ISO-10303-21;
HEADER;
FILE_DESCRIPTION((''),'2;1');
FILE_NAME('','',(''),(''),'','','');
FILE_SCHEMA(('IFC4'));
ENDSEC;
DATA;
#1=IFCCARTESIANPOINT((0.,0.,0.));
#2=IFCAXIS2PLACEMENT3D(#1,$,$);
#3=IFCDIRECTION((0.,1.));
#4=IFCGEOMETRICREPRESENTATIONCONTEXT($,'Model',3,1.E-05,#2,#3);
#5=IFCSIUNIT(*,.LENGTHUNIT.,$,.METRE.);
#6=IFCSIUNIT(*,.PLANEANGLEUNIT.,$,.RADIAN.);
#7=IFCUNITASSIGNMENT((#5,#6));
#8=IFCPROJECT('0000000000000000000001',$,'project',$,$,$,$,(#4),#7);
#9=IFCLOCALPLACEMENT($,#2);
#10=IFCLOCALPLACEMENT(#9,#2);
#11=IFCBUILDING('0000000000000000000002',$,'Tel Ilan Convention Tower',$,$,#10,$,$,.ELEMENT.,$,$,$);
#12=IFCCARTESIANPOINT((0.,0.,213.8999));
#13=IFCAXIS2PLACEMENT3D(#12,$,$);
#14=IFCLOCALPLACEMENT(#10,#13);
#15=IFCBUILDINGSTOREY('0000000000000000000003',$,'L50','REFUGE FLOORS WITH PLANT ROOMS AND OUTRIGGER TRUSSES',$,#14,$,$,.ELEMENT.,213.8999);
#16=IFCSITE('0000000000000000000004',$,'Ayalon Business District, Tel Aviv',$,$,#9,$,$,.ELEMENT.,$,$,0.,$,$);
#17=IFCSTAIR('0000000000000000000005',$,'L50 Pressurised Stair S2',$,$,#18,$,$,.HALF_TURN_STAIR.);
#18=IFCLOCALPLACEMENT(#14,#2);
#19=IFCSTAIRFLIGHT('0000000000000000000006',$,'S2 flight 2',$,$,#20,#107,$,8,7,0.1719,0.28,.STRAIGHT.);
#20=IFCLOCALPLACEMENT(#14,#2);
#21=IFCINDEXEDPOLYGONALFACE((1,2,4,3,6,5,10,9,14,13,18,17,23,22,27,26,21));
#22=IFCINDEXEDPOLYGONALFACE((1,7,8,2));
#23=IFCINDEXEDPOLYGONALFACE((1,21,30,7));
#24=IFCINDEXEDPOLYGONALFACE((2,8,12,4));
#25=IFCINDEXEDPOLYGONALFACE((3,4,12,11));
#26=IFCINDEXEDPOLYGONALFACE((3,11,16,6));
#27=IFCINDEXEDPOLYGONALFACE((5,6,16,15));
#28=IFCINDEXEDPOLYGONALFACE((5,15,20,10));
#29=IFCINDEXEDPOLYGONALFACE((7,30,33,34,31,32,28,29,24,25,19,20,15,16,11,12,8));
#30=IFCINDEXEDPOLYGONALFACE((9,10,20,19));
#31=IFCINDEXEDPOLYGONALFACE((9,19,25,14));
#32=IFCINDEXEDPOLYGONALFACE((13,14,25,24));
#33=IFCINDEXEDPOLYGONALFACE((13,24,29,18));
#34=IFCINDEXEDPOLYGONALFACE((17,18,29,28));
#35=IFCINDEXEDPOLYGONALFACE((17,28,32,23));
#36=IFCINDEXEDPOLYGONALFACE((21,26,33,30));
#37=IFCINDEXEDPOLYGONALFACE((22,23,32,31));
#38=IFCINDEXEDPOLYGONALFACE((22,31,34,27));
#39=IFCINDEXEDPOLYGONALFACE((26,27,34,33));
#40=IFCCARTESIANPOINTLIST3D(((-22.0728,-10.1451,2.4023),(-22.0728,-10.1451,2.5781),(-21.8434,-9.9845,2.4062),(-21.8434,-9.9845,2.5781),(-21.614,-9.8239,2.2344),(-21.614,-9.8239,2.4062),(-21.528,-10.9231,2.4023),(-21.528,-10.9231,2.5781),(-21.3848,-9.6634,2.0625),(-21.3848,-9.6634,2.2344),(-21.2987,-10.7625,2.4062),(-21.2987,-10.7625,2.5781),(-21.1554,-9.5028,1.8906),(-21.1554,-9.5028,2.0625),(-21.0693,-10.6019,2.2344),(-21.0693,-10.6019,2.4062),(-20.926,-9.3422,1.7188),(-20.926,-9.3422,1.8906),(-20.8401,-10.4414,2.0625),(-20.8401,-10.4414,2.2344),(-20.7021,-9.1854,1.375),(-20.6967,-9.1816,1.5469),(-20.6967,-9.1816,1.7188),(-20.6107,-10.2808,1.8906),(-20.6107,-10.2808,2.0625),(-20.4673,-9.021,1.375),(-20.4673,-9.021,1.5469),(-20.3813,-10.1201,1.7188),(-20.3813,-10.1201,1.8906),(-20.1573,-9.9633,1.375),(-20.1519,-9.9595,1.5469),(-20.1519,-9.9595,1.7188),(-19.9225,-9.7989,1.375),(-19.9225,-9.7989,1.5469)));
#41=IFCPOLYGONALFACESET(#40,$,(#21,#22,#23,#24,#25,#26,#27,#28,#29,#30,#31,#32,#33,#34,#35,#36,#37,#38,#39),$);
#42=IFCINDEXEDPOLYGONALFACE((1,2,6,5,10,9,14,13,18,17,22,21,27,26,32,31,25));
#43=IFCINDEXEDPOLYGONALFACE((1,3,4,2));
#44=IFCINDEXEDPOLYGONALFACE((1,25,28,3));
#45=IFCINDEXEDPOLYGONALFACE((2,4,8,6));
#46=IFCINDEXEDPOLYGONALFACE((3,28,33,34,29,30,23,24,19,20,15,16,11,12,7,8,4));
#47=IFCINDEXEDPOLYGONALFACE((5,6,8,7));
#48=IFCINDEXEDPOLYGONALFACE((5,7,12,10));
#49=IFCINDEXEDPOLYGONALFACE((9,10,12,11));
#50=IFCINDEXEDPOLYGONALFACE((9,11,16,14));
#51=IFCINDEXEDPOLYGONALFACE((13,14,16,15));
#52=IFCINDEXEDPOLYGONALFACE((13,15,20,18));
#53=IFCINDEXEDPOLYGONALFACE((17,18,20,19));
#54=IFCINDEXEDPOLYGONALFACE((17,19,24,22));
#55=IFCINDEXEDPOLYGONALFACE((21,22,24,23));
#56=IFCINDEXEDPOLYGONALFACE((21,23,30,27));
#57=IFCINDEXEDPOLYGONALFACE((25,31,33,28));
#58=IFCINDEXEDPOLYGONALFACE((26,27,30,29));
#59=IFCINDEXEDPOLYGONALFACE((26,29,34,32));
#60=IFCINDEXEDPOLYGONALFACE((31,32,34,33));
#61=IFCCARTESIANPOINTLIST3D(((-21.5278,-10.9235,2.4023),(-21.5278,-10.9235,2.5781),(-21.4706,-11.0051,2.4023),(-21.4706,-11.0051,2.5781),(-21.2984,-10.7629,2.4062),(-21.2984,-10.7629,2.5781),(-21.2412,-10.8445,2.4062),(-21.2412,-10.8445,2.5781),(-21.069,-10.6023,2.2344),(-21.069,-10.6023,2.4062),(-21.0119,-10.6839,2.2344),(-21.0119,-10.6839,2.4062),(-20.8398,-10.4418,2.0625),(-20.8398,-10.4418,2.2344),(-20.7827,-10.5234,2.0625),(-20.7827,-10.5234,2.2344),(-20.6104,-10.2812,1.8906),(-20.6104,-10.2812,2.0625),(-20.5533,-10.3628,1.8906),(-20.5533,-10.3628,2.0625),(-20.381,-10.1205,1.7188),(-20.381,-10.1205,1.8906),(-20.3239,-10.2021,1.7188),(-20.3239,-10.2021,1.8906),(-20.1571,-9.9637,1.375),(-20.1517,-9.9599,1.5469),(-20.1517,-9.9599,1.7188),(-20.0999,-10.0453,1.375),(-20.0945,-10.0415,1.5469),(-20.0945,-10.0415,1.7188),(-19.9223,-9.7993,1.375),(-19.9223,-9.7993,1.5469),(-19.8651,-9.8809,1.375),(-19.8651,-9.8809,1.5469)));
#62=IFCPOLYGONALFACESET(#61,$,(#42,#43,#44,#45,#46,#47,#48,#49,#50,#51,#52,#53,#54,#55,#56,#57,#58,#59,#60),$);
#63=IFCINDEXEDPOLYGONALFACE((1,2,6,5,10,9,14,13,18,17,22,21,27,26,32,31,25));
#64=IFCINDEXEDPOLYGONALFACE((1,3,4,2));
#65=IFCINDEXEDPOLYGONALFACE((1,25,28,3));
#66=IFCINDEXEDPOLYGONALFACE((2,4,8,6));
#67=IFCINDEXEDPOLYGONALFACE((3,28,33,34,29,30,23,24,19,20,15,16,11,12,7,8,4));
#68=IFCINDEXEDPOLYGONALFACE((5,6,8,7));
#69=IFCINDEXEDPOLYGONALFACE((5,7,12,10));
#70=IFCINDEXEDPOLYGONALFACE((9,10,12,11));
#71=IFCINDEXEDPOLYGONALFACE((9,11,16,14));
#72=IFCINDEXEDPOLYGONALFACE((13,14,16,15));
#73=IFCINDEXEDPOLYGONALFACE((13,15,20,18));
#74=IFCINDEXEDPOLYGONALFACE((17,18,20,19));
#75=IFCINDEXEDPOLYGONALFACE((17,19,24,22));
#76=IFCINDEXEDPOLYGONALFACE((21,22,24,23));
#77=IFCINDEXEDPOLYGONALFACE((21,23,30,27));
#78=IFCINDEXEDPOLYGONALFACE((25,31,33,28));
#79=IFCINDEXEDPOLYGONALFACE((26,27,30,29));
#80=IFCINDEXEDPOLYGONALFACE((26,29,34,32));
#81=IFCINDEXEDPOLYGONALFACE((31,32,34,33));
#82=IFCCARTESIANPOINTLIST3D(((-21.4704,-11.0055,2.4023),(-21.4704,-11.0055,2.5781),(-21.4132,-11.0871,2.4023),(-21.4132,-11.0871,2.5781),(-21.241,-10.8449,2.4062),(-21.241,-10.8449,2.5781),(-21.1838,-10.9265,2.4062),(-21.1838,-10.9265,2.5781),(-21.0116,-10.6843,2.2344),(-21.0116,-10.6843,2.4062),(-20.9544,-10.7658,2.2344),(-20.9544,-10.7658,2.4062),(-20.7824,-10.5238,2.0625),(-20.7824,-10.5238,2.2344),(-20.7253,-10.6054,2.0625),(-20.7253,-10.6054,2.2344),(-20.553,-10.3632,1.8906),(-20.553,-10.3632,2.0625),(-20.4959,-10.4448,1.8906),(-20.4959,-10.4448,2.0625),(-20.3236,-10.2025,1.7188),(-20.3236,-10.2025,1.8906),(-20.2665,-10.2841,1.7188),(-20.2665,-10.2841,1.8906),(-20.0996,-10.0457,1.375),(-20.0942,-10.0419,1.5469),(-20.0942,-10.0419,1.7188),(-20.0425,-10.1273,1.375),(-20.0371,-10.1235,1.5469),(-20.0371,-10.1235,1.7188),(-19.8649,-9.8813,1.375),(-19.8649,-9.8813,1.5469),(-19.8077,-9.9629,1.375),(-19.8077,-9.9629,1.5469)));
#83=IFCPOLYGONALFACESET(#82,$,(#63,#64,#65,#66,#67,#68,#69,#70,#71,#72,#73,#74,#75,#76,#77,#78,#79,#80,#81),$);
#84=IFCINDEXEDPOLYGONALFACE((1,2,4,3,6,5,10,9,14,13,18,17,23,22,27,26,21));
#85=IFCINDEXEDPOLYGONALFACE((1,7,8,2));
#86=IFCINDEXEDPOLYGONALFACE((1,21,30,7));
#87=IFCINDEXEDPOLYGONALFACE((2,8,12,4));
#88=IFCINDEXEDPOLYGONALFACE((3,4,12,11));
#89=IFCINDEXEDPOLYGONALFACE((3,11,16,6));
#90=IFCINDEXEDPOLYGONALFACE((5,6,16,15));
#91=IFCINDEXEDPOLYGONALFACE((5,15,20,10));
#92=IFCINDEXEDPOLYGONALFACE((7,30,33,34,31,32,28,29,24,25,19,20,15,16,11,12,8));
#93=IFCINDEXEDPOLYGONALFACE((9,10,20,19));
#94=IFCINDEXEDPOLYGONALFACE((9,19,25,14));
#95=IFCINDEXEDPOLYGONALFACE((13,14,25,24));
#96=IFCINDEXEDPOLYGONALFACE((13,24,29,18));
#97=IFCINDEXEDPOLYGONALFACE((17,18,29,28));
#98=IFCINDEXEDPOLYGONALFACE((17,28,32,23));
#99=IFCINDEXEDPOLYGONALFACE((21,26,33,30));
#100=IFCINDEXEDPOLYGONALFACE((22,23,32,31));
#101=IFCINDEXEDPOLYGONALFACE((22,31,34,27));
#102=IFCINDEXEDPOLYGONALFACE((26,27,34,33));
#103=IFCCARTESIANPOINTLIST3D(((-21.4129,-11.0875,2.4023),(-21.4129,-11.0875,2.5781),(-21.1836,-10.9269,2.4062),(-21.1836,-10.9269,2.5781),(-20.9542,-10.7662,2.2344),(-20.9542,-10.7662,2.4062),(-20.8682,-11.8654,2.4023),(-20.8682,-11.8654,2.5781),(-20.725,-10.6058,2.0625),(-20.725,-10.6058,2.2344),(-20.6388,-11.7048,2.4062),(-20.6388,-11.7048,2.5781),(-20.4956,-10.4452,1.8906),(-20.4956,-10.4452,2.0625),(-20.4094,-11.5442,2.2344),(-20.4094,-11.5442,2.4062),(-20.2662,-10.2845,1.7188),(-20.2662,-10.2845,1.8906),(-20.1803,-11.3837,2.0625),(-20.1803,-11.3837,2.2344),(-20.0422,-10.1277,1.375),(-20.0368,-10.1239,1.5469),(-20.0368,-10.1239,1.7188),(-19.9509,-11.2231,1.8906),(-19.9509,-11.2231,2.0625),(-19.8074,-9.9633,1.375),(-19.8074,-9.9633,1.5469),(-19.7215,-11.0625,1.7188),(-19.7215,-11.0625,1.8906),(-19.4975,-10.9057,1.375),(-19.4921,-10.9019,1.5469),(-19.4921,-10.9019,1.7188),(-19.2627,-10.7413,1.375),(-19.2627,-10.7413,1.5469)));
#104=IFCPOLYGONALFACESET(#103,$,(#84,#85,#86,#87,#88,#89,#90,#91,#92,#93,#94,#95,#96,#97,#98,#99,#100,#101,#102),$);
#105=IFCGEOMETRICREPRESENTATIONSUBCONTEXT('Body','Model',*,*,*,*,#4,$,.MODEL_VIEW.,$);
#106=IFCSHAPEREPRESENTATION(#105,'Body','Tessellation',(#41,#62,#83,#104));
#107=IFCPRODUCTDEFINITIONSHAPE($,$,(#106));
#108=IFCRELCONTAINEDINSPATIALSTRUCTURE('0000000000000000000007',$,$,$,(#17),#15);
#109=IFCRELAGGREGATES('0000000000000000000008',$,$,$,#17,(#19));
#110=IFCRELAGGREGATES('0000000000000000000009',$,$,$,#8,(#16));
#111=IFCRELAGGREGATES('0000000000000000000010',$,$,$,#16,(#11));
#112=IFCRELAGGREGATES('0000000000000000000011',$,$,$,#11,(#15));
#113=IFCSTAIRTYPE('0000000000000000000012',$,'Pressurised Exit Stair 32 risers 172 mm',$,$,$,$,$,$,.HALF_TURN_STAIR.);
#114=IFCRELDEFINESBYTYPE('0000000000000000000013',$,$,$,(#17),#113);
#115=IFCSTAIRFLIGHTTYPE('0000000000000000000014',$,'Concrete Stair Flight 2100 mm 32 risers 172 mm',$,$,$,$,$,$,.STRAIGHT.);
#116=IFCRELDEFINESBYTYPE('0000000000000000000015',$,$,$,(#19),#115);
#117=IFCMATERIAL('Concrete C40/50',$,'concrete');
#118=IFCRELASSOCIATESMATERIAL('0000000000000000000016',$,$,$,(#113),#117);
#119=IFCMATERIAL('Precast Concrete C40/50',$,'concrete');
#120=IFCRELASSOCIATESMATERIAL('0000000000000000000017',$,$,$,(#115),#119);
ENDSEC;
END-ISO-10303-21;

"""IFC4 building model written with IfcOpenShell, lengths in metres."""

from ifc_helpers import new_model, si_unit, direction, frame, origin, place, context, subcontext, project, spatial, polyline, outline, extrude, material, type_object, element, aggregate, save


model = new_model("IFC4")

# Units and contexts
model_context = context("Model", 3, precision=1e-05, world=origin(), true_north=direction((0.0, 1.0)))
body_context = subcontext(model_context, "Body", "Model", "MODEL_VIEW")
ifc_project = project(units=[si_unit("LENGTHUNIT", "METRE"), si_unit("PLANEANGLEUNIT", "RADIAN")], contexts=[model_context])

# Site, building, storey
site_placement = place(None, origin())
site = spatial("IfcSite", under=ifc_project, at=site_placement, Name="Ayalon Business District, Tel Aviv", CompositionType="ELEMENT", RefElevation=0.0)
building_placement = place(site_placement, origin())
building = spatial("IfcBuilding", under=site, at=building_placement, Name="Tel Ilan Convention Tower", CompositionType="ELEMENT")
storey_placement = place(building_placement, frame((0.0, 0.0, 213.8999)))
storey = spatial("IfcBuildingStorey", under=building, at=storey_placement, Name="L50", Description="REFUGE FLOORS WITH PLANT ROOMS AND OUTRIGGER TRUSSES", CompositionType="ELEMENT", Elevation=213.8999)

# Stair, stair flight
ifc_material_1 = material(Name="Concrete C40/50", Category="concrete")
stair_type = type_object("IfcStairType", Name="Pressurised Exit Stair 32 risers 172 mm", PredefinedType="HALF_TURN_STAIR", material=ifc_material_1)
stair_placement = place(storey_placement, origin())
stair = element("IfcStair", 1, at=stair_placement, inside=storey, type_object=stair_type, Name="L50 Pressurised Stair S2", PredefinedType="HALF_TURN_STAIR")
ifc_material_2 = material(Name="Precast Concrete C40/50", Category="concrete")
stair_flight_type = type_object("IfcStairFlightType", Name="Concrete Stair Flight 2100 mm 32 risers 172 mm", PredefinedType="STRAIGHT", material=ifc_material_2)
stair_flight_1_placement = place(storey_placement, frame((-19.865, -9.8811, 1.375), z_axis=(0.0, 0.0, 1.0), x_axis=(-0.819152, -0.573576, 0.0)))
stair_flight_1 = element("IfcStairFlight", 2, at=stair_flight_1_placement, type_object=stair_flight_type, Name="S2 flight 2", NumberOfRisers=8, NumberOfTreads=7, PredefinedType="STRAIGHT", RiserHeight=0.1719, TreadLength=0.28, context=body_context, shape_type="SweptSolid", body=[
    extrude(outline(polyline([(0.0, 0.0), (0.0, 0.1719), (0.28, 0.1719), (0.28, 0.3438), (0.5601, 0.3438), (0.5601, 0.5156), (0.8401, 0.5156), (0.8401, 0.6875), (1.1201, 0.6875), (1.1201, 0.8594), (1.3999, 0.8594), (1.3999, 1.0312), (1.6799, 1.0312), (1.6799, 1.2031), (1.96, 1.2031), (1.96, 1.375), (1.96, 1.0273), (0.2866, 0.0), (0.0, 0.0)])), frame((0.0, -0.1003, 0.0), z_axis=(0.0, -1.0, 0.0), x_axis=(1.0, 0.0, 0.0)), (0.0, 0.0, 1.0), 0.9497),
    extrude(outline(polyline([(0.0, 0.0), (0.0, 0.1719), (0.28, 0.1719), (0.28, 0.3438), (0.5601, 0.3438), (0.5601, 0.5156), (0.8401, 0.5156), (0.8401, 0.6875), (1.1201, 0.6875), (1.1201, 0.8594), (1.3999, 0.8594), (1.3999, 1.0312), (1.6799, 1.0312), (1.6799, 1.2031), (1.96, 1.2031), (1.96, 1.375), (1.96, 1.0273), (0.2866, 0.0), (0.0, 0.0)])), frame((0.0, -0.0002, 0.0), z_axis=(0.0, -1.0, 0.0), x_axis=(1.0, 0.0, 0.0)), (0.0, 0.0, 1.0), 0.0996),
    extrude(outline(polyline([(0.0, 0.0), (0.0, 0.1719), (0.28, 0.1719), (0.28, 0.3438), (0.5601, 0.3438), (0.5601, 0.5156), (0.8401, 0.5156), (0.8401, 0.6875), (1.1201, 0.6875), (1.1201, 0.8594), (1.3999, 0.8594), (1.3999, 1.0312), (1.6799, 1.0312), (1.6799, 1.2031), (1.96, 1.2031), (1.96, 1.375), (1.96, 1.0273), (0.2866, 0.0), (0.0, 0.0)])), frame((0.0, 0.0999, 0.0), z_axis=(0.0, -1.0, 0.0), x_axis=(1.0, 0.0, 0.0)), (0.0, 0.0, 1.0), 0.0996),
    extrude(outline(polyline([(0.0, 0.0), (0.0, 0.1719), (0.28, 0.1719), (0.28, 0.3438), (0.5601, 0.3438), (0.5601, 0.5156), (0.8401, 0.5156), (0.8401, 0.6875), (1.1201, 0.6875), (1.1201, 0.8594), (1.3999, 0.8594), (1.3999, 1.0312), (1.6799, 1.0312), (1.6799, 1.2031), (1.96, 1.2031), (1.96, 1.375), (1.96, 1.0273), (0.2866, 0.0), (0.0, 0.0)])), frame((0.0, 1.05, 0.0), z_axis=(0.0, -1.0, 0.0), x_axis=(1.0, 0.0, 0.0)), (0.0, 0.0, 1.0), 0.9497),
])
aggregate(stair, [stair_flight_1])

save(model, "model.ifc")
